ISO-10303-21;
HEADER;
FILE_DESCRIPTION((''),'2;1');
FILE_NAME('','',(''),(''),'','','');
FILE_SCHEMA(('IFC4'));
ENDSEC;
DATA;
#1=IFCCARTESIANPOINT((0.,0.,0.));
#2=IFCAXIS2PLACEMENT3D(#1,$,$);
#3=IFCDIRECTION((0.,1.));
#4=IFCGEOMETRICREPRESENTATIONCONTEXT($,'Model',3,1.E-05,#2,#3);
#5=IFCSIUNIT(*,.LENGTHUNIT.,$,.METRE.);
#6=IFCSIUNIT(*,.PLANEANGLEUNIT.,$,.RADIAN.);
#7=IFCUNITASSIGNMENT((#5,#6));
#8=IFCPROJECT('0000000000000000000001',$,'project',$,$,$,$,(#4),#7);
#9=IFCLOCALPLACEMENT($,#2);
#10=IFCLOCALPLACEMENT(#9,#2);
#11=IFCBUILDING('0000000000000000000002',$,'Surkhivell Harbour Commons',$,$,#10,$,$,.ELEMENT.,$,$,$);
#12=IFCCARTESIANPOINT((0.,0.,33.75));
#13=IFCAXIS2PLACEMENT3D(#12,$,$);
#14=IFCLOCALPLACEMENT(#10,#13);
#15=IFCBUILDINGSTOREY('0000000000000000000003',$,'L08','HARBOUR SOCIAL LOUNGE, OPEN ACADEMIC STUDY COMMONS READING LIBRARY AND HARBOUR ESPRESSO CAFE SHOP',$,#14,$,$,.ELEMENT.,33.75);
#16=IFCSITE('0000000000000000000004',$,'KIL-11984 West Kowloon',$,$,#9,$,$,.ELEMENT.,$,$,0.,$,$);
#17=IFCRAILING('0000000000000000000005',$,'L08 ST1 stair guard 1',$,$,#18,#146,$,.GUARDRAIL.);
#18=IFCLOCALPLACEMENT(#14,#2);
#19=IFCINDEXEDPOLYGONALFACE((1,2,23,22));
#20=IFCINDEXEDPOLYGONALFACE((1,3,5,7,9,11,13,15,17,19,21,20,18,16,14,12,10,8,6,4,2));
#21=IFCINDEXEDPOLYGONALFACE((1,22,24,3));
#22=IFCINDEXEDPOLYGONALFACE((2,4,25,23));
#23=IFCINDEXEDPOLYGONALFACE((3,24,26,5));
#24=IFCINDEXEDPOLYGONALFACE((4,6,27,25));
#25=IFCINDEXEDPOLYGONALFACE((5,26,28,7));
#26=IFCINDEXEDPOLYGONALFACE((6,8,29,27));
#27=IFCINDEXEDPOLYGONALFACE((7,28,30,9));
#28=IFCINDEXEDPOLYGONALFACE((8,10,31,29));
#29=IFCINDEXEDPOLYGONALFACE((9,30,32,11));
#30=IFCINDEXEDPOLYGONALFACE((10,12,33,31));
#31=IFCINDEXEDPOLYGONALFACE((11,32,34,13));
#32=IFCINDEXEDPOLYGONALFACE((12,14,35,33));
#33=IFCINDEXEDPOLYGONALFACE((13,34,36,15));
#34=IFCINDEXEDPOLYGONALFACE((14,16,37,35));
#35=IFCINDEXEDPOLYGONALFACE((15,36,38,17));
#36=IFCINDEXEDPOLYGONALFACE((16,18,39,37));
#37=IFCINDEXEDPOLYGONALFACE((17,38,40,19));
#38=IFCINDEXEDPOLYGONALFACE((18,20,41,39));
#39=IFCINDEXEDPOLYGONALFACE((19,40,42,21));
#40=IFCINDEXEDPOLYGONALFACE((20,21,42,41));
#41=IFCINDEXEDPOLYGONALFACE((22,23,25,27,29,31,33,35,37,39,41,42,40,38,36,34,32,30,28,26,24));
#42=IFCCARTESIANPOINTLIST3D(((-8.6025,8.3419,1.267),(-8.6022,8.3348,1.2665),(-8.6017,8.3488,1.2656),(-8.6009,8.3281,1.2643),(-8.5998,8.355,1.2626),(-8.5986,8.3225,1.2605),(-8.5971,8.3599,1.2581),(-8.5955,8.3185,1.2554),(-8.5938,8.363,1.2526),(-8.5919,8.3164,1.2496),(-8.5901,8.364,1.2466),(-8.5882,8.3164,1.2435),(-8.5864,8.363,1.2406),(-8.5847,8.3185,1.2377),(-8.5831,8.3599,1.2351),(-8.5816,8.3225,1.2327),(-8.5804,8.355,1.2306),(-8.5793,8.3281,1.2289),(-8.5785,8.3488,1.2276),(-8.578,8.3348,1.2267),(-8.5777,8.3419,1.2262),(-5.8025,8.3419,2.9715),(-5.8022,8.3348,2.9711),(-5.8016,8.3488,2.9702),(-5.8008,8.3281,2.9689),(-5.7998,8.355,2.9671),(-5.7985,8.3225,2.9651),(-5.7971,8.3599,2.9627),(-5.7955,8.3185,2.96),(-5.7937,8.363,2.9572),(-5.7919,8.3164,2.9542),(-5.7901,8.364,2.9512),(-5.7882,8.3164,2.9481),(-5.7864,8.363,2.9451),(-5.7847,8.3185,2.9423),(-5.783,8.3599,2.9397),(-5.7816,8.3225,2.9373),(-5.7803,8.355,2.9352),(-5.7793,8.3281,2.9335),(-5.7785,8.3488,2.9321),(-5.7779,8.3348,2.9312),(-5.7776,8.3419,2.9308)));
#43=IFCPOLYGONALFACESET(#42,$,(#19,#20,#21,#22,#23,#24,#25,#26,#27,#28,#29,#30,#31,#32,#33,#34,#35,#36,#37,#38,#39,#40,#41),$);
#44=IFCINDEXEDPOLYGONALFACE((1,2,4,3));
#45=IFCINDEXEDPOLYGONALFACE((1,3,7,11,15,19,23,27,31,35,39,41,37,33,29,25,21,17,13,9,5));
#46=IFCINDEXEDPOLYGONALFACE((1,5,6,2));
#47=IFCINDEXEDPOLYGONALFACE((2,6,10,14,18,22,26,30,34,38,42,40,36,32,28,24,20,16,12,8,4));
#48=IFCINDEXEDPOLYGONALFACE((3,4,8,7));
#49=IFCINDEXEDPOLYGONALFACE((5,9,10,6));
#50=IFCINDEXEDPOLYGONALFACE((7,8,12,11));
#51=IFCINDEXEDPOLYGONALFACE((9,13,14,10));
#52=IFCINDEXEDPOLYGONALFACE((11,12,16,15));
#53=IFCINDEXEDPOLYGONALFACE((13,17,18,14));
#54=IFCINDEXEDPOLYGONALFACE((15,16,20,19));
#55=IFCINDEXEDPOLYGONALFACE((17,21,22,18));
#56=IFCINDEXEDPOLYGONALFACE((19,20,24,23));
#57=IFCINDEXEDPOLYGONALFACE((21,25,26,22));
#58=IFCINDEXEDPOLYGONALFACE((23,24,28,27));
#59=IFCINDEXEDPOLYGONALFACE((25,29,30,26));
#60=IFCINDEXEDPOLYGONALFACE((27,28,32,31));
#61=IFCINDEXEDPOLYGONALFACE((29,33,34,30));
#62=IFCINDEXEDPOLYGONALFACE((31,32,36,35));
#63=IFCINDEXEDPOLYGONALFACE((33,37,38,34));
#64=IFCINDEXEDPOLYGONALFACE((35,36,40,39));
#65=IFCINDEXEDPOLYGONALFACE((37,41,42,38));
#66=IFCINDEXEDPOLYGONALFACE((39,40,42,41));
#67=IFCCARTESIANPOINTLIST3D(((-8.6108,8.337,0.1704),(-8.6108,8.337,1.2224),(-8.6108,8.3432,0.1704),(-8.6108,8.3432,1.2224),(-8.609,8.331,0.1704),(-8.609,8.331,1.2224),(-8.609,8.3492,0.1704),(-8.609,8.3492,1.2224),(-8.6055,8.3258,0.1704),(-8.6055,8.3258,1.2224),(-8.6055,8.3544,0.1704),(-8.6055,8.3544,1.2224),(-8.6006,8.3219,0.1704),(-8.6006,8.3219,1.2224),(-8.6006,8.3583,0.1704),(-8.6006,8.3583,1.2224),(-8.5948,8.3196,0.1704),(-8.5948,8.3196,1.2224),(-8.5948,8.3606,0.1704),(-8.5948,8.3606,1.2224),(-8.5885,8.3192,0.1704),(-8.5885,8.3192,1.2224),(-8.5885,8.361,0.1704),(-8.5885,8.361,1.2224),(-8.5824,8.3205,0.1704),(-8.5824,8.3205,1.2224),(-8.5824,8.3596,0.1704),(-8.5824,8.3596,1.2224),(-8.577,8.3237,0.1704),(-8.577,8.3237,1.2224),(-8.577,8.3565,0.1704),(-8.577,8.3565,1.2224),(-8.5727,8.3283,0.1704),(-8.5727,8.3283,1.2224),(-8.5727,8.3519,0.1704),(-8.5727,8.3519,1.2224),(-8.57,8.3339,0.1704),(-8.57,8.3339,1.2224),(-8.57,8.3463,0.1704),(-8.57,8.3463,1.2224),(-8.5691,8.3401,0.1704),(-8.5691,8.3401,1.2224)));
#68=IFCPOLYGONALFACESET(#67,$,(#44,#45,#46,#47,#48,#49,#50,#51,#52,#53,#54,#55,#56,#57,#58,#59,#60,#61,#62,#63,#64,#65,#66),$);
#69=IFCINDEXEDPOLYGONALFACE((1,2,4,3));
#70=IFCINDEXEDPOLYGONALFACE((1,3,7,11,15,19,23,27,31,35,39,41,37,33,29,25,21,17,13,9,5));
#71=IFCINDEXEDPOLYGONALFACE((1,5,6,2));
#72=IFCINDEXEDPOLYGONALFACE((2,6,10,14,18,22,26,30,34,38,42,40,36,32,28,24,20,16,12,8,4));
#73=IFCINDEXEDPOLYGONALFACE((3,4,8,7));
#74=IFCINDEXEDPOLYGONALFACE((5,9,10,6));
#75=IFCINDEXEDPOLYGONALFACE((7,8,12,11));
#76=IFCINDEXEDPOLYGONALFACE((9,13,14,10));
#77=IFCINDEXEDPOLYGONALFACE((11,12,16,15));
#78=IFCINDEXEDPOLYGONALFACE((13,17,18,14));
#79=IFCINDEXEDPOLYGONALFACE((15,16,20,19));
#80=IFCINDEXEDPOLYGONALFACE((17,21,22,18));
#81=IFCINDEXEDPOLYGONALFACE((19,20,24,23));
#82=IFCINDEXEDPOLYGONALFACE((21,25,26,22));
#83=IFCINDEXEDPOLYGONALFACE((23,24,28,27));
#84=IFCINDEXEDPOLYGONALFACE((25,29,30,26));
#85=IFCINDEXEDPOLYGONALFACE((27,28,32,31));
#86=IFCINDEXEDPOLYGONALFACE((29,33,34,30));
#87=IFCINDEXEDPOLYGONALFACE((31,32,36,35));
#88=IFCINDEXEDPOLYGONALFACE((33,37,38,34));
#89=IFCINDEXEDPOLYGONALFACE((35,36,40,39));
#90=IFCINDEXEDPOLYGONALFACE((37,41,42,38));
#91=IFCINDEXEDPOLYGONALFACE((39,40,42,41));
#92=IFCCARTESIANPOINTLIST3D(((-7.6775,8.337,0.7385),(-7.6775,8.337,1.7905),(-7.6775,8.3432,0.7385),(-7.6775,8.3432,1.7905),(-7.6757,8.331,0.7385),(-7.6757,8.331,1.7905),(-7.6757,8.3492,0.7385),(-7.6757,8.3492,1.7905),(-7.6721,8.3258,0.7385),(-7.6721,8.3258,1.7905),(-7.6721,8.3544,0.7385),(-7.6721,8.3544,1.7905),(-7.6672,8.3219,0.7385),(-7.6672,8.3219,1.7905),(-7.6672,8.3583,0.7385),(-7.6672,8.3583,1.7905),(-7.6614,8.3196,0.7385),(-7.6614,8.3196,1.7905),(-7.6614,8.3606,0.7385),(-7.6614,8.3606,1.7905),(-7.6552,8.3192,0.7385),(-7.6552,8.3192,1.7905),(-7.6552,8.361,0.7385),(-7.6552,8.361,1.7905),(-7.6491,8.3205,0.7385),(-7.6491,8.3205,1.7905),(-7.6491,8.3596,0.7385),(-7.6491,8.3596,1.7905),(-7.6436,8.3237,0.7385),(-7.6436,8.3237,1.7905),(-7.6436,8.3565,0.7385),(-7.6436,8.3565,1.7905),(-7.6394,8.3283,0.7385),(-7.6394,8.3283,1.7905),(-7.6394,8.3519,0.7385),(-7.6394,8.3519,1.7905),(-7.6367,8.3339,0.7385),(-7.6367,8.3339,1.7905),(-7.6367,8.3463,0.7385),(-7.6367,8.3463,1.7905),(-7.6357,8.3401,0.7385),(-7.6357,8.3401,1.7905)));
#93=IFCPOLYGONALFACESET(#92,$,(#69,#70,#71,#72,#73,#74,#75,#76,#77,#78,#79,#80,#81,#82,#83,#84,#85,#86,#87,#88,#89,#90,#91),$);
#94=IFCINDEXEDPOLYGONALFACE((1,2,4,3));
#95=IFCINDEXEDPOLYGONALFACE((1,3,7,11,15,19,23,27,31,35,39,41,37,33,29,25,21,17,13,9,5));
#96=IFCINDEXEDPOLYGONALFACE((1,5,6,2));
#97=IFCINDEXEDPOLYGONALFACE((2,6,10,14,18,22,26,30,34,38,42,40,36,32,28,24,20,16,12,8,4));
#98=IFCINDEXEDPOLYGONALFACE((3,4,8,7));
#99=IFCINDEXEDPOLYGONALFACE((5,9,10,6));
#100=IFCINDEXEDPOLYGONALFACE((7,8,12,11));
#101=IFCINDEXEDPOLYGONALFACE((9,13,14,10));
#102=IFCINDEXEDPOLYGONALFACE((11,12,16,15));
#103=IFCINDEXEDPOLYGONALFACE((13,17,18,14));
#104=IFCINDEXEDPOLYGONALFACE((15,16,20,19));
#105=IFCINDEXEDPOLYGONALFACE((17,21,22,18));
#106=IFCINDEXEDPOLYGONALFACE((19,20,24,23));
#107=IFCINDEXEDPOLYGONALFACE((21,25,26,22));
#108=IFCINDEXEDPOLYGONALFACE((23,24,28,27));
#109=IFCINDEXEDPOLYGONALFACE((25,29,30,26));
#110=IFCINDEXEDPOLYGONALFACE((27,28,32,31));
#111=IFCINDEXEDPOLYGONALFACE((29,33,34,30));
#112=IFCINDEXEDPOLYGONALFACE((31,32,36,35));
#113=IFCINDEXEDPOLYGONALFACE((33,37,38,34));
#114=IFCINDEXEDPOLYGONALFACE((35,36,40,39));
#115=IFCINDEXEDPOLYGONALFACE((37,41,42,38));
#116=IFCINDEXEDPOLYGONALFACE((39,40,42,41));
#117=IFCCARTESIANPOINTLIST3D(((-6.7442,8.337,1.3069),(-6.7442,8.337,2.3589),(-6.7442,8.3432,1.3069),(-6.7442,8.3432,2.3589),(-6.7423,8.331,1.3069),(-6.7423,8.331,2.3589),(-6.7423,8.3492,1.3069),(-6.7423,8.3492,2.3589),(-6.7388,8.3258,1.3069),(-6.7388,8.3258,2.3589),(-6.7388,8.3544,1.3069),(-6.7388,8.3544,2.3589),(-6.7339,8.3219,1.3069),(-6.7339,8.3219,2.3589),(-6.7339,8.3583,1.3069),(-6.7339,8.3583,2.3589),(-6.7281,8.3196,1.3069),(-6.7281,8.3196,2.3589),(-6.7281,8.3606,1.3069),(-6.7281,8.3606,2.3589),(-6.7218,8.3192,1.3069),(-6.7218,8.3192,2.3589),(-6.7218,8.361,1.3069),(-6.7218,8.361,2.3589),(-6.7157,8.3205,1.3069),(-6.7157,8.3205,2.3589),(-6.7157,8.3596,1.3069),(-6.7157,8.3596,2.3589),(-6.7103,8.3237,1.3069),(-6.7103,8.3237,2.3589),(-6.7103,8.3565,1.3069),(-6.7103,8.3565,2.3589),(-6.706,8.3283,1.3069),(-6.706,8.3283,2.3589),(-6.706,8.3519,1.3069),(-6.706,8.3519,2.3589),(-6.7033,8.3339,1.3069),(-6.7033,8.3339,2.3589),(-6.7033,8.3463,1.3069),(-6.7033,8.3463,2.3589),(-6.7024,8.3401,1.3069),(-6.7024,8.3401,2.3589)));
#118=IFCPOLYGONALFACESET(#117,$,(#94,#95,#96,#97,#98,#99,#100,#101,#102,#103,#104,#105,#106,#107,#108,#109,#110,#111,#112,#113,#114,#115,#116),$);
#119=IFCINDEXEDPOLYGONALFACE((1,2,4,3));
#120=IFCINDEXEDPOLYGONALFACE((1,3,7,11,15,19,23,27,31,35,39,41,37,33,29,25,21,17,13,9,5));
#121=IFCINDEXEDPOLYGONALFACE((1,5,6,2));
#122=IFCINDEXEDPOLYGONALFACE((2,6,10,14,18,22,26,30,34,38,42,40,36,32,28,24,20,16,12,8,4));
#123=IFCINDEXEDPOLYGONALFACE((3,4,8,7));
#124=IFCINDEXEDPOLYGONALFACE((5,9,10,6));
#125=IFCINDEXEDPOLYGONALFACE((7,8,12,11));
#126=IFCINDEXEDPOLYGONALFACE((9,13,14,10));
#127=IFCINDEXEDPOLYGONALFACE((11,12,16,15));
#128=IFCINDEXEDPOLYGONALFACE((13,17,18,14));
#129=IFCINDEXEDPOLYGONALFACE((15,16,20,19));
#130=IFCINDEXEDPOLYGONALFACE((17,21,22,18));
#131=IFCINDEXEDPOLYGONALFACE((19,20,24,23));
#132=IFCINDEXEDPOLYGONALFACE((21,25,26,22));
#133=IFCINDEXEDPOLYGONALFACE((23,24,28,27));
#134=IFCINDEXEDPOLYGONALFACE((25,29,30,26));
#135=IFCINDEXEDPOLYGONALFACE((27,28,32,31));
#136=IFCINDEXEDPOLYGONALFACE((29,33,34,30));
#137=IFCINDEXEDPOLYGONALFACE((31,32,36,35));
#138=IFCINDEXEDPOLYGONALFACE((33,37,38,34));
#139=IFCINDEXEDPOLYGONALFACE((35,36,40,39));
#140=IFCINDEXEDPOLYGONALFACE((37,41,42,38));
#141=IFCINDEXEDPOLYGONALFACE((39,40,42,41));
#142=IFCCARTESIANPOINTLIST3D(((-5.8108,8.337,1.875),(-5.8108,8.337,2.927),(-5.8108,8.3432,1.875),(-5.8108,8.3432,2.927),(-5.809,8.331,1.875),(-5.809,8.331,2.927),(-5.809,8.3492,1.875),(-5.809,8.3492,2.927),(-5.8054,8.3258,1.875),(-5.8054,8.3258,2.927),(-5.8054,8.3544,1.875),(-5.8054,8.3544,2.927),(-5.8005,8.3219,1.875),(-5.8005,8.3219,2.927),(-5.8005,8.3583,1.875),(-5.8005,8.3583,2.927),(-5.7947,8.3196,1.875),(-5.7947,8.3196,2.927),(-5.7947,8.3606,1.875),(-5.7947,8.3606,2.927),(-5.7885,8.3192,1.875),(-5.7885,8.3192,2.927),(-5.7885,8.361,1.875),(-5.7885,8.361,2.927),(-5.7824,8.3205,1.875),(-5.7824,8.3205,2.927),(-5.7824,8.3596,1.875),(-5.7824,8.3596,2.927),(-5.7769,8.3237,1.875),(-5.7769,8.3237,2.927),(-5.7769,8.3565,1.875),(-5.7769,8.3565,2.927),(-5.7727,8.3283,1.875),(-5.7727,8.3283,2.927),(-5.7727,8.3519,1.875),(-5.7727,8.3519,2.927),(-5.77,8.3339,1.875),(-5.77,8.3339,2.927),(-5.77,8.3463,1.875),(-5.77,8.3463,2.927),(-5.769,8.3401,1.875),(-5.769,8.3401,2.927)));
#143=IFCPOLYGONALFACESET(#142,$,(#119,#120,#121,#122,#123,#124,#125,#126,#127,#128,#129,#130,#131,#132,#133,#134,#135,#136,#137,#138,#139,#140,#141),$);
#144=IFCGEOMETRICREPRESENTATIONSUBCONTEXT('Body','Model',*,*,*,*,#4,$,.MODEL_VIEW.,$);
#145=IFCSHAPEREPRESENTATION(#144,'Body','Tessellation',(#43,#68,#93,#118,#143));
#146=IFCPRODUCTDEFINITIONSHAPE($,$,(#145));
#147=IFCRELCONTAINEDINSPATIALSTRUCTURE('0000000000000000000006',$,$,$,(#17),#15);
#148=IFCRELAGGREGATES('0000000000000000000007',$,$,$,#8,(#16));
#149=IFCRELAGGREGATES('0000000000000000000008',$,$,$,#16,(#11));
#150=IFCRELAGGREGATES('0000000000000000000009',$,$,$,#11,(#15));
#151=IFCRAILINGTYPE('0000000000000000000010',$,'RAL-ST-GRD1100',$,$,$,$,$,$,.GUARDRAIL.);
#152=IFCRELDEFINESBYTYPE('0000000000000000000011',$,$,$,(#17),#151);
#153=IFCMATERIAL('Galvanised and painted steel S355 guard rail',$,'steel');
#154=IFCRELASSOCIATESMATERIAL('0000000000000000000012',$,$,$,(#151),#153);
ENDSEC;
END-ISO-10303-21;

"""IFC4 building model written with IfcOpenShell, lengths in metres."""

from ifc_helpers import new_model, si_unit, direction, frame, origin, origin_2d, place, context, subcontext, project, spatial, circle, extrude, material, type_object, element, save


model = new_model("IFC4")

# Units and contexts
model_context = context("Model", 3, precision=1e-05, world=origin(), true_north=direction((0.0, 1.0)))
body_context = subcontext(model_context, "Body", "Model", "MODEL_VIEW")
ifc_project = project(units=[si_unit("LENGTHUNIT", "METRE"), si_unit("PLANEANGLEUNIT", "RADIAN")], contexts=[model_context])

# Site, building, storey
site_placement = place(None, origin())
site = spatial("IfcSite", under=ifc_project, at=site_placement, Name="KIL-11984 West Kowloon", CompositionType="ELEMENT", RefElevation=0.0)
building_placement = place(site_placement, origin())
building = spatial("IfcBuilding", under=site, at=building_placement, Name="Surkhivell Harbour Commons", CompositionType="ELEMENT")
storey_placement = place(building_placement, frame((0.0, 0.0, 33.75)))
storey = spatial("IfcBuildingStorey", under=building, at=storey_placement, Name="L08", Description="HARBOUR SOCIAL LOUNGE, OPEN ACADEMIC STUDY COMMONS READING LIBRARY AND HARBOUR ESPRESSO CAFE SHOP", CompositionType="ELEMENT", Elevation=33.75)

# Railing
ifc_material_1 = material(Name="Galvanised and painted steel S355 guard rail", Category="steel")
railing_type_1 = type_object("IfcRailingType", Name="RAL-ST-GRD1100", PredefinedType="GUARDRAIL", material=ifc_material_1)
railing_1_placement = place(storey_placement, frame((-8.5901, 8.3401, 0.1704)))
element("IfcRailing", 1, at=railing_1_placement, inside=storey, type_object=railing_type_1, Name="L08 ST1 stair guard 1", PredefinedType="GUARDRAIL", context=body_context, shape_type="SweptSolid", body=[
    extrude(circle(Radius=0.0239, at=origin_2d()), frame((0.0, 0.0, 1.0762), z_axis=(0.85417, 0.0, 0.519994), x_axis=(0.0, 1.0, 0.0)), (0.0, 0.0, 1.0), 3.2781),
    extrude(circle(Radius=0.021, at=origin_2d()), origin(), (0.0, 0.0, 1.0), 1.052),
    extrude(circle(Radius=0.021, at=origin_2d()), frame((0.9333, 0.0, 0.5681)), (0.0, 0.0, 1.0), 1.052),
    extrude(circle(Radius=0.021, at=origin_2d()), frame((1.8667, 0.0, 1.1365)), (0.0, 0.0, 1.0), 1.052),
    extrude(circle(Radius=0.021, at=origin_2d()), frame((2.8, 0.0, 1.7046)), (0.0, 0.0, 1.0), 1.052),
])

save(model, "model.ifc")
